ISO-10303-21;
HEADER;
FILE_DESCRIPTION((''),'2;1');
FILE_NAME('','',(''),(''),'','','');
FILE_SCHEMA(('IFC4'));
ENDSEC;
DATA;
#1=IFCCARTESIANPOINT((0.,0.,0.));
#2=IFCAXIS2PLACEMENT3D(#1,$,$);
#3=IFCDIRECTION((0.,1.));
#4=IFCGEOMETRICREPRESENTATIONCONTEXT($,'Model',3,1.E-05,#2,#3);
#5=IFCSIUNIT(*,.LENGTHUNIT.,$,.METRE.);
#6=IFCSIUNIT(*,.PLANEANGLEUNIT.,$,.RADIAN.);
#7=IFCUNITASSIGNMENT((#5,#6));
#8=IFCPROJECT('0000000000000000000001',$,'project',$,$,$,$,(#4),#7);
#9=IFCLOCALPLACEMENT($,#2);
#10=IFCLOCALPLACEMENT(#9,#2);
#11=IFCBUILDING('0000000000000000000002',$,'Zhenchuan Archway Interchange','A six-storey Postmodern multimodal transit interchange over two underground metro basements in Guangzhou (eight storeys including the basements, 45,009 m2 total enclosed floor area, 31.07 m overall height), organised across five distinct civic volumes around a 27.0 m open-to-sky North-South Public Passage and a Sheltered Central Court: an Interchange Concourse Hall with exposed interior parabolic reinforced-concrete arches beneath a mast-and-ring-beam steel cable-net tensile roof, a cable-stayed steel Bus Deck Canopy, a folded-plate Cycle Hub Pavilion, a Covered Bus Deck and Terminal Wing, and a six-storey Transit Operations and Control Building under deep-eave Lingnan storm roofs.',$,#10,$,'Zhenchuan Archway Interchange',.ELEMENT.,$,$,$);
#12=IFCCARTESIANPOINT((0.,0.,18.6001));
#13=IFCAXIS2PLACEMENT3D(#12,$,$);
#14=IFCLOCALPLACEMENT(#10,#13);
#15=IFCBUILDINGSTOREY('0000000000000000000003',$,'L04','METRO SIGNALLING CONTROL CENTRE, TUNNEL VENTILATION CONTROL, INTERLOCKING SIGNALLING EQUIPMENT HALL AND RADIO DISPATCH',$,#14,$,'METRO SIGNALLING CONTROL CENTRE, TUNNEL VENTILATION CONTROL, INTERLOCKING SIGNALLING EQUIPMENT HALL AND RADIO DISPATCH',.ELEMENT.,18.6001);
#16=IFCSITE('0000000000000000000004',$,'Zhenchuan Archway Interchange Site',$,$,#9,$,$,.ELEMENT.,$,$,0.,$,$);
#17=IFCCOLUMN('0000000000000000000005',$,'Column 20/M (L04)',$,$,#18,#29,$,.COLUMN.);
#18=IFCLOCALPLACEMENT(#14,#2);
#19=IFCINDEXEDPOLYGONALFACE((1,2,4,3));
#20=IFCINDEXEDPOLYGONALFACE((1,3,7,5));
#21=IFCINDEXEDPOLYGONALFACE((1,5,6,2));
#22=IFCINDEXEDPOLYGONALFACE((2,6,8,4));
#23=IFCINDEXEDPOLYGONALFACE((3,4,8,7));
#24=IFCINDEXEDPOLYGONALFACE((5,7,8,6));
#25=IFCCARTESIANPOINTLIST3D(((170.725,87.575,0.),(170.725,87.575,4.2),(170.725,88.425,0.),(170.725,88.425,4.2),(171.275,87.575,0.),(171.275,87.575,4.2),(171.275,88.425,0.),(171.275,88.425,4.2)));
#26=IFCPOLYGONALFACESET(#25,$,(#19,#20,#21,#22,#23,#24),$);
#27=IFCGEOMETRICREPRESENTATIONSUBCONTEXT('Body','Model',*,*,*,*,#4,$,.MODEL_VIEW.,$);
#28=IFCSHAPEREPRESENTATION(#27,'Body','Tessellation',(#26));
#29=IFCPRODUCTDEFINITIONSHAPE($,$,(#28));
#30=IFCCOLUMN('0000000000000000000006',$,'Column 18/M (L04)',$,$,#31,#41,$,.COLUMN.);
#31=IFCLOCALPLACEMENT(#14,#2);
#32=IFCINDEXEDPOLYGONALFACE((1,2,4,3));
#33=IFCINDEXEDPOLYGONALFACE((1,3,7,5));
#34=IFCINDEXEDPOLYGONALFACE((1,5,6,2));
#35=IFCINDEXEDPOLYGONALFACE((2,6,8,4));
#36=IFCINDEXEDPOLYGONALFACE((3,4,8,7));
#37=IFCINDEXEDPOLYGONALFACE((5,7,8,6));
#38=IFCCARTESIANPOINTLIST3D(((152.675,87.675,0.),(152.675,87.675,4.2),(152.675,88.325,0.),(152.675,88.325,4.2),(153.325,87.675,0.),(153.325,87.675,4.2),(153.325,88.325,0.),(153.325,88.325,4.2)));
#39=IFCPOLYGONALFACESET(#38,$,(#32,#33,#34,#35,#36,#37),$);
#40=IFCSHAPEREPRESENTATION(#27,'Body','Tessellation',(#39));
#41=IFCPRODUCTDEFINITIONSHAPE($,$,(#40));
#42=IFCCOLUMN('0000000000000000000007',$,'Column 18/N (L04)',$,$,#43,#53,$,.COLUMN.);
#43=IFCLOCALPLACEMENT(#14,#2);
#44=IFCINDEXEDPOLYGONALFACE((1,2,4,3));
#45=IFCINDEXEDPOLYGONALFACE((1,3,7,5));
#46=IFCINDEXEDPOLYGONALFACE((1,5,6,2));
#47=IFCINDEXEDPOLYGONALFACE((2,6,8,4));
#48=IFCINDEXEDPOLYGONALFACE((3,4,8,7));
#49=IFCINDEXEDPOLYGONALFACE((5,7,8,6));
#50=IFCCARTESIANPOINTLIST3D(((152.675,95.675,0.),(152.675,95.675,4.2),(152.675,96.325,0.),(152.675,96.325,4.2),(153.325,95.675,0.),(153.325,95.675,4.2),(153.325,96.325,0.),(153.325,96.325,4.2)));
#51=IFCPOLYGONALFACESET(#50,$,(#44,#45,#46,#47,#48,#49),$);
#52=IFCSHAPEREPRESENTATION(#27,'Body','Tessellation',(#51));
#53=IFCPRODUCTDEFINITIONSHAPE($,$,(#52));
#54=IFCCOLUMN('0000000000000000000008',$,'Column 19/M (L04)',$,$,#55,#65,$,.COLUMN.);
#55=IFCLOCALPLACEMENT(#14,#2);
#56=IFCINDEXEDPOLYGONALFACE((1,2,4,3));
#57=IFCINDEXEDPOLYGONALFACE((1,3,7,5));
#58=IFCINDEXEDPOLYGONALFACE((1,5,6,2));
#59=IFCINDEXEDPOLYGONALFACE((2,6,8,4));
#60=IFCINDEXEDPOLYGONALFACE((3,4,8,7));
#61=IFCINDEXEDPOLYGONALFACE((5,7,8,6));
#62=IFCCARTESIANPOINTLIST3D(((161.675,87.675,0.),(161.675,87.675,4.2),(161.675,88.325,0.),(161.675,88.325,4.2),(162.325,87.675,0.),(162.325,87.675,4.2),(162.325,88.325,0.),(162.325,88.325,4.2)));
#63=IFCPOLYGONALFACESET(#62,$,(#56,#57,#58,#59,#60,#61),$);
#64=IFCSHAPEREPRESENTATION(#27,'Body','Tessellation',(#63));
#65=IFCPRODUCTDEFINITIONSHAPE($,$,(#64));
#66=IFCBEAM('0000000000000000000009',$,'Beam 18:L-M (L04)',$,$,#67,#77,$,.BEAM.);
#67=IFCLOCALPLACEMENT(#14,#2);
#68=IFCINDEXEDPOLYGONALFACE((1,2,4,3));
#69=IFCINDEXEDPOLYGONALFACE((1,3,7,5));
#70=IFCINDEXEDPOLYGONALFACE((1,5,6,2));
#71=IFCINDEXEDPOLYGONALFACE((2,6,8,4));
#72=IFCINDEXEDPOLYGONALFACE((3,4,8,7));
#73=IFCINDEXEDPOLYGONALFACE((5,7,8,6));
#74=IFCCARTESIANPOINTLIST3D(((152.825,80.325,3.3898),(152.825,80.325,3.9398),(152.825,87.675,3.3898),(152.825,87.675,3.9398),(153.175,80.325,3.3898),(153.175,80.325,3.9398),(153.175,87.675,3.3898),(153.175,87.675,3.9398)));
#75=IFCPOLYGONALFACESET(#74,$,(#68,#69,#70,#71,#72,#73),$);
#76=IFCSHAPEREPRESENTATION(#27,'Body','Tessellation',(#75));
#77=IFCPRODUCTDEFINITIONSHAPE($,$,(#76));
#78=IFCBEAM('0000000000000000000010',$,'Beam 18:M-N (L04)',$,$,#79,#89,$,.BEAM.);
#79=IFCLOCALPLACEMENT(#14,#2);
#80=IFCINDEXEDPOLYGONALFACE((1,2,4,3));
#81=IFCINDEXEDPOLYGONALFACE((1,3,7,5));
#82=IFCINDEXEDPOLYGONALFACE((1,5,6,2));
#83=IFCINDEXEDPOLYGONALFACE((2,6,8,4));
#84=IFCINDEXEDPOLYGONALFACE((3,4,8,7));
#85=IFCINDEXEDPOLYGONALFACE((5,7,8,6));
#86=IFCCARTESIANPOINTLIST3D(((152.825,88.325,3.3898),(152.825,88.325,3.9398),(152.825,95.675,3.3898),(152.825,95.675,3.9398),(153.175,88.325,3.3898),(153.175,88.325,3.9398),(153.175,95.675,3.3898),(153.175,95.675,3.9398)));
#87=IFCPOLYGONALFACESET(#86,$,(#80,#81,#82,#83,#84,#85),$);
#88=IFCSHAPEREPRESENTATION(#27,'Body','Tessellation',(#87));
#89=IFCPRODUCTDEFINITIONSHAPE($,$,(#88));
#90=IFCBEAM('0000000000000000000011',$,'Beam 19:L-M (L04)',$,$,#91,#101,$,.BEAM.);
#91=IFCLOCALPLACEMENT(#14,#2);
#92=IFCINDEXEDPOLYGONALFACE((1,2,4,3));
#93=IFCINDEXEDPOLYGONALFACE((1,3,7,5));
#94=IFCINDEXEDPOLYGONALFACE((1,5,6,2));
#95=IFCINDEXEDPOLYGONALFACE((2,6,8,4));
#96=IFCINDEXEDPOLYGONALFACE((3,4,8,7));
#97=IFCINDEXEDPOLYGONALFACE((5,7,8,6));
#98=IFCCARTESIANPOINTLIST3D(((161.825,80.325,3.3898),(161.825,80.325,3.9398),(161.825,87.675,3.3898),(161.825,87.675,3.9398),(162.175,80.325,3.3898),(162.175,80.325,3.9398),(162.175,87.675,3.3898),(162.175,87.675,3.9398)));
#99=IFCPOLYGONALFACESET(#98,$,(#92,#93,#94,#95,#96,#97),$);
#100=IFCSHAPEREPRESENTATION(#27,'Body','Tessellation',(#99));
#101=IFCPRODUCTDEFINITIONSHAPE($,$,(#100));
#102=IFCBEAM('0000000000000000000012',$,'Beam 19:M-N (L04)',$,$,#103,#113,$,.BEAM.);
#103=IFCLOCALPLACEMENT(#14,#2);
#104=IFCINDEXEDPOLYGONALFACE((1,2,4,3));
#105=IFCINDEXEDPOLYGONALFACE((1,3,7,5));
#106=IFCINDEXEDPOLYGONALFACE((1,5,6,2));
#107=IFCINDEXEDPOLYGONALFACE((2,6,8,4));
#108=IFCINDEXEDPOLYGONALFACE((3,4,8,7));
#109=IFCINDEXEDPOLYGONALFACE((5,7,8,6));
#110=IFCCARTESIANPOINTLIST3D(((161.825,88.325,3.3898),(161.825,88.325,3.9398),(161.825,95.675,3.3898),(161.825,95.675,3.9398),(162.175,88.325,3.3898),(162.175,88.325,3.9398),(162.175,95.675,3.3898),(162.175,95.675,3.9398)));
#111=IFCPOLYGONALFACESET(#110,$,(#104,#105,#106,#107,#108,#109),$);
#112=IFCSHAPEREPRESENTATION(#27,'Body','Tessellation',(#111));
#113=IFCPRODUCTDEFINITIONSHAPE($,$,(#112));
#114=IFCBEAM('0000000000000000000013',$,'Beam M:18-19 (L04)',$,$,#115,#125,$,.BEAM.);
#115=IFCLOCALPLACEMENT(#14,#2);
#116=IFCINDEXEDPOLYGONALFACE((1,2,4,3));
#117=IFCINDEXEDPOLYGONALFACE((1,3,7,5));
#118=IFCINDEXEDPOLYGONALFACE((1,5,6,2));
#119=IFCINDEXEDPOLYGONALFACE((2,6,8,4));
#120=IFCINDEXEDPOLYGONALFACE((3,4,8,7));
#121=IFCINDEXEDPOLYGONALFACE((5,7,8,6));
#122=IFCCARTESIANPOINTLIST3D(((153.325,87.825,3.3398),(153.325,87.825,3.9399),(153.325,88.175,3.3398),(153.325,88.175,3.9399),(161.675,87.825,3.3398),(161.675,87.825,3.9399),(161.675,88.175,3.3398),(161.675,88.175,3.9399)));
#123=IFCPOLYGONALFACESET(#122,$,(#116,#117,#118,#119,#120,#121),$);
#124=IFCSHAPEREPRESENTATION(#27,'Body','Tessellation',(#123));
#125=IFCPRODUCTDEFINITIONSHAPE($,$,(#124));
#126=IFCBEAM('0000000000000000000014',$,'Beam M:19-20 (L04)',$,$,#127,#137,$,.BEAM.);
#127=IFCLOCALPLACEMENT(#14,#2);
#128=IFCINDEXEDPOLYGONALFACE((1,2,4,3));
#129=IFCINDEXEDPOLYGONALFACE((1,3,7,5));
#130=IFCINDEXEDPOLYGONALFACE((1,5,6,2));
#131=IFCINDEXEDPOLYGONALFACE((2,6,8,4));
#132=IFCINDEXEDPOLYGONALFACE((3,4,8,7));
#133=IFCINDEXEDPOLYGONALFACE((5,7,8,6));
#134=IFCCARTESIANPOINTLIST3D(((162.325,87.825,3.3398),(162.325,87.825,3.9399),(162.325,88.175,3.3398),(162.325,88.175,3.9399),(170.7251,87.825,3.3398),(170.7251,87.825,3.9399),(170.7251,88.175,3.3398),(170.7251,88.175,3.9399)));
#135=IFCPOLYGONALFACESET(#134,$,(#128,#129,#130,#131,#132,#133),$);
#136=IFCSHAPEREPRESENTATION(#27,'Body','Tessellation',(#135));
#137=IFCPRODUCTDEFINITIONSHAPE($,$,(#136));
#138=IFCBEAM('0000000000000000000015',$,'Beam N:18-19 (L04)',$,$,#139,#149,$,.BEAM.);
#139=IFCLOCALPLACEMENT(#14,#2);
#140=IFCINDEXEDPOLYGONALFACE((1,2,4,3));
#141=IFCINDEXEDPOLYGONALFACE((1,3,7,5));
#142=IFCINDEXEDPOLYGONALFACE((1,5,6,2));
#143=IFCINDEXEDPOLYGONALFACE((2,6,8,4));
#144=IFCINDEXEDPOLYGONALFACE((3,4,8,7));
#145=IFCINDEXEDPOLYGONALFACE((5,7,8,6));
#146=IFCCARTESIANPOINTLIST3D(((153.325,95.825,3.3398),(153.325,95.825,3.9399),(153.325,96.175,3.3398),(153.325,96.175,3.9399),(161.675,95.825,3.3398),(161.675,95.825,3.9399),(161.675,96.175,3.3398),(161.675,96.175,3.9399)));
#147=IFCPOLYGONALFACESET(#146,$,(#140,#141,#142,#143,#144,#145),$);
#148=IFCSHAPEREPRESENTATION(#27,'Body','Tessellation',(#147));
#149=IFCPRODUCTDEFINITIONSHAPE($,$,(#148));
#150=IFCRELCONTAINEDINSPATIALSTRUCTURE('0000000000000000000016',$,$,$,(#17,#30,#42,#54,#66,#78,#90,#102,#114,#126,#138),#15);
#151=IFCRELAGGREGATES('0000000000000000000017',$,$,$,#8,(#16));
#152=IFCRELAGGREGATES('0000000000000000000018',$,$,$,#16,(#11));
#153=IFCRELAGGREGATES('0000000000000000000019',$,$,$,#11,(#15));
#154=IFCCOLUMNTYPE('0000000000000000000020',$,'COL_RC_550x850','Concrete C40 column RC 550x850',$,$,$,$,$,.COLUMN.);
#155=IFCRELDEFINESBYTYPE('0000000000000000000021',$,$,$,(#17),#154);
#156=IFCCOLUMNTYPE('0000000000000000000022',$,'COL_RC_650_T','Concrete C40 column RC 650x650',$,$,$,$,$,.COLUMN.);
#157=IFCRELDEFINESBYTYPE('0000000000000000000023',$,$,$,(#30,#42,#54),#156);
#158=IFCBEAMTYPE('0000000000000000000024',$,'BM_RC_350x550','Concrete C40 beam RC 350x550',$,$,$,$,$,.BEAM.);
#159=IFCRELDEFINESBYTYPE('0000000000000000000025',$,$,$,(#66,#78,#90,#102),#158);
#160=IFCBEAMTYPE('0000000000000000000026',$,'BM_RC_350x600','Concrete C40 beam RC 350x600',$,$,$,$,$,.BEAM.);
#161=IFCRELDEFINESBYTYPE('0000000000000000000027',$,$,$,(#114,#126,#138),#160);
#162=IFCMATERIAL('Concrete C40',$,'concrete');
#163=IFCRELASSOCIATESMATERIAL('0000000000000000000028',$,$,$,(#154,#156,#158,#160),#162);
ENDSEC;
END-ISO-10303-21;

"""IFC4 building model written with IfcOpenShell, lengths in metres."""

from ifc_helpers import new_model, si_unit, direction, frame, origin, origin_2d, place, context, subcontext, project, spatial, rectangle, extrude, material, material_profile, profile_set, type_object, element, save


model = new_model("IFC4")

# Units and contexts
model_context = context("Model", 3, precision=1e-05, world=origin(), true_north=direction((0.0, 1.0)))
body_context = subcontext(model_context, "Body", "Model", "MODEL_VIEW")
ifc_project = project(units=[si_unit("LENGTHUNIT", "METRE"), si_unit("PLANEANGLEUNIT", "RADIAN")], contexts=[model_context])

# Site, building, storey
site_placement = place(None, origin())
site = spatial("IfcSite", under=ifc_project, at=site_placement, Name="Zhenchuan Archway Interchange Site", CompositionType="ELEMENT", RefElevation=0.0)
building_placement = place(site_placement, origin())
building = spatial("IfcBuilding", under=site, at=building_placement, Name="Zhenchuan Archway Interchange", Description="A six-storey Postmodern multimodal transit interchange over two underground metro basements in Guangzhou (eight storeys including the basements, 45,009 m2 total enclosed floor area, 31.07 m overall height), organised across five distinct civic volumes around a 27.0 m open-to-sky North-South Public Passage and a Sheltered Central Court: an Interchange Concourse Hall with exposed interior parabolic reinforced-concrete arches beneath a mast-and-ring-beam steel cable-net tensile roof, a cable-stayed steel Bus Deck Canopy, a folded-plate Cycle Hub Pavilion, a Covered Bus Deck and Terminal Wing, and a six-storey Transit Operations and Control Building under deep-eave Lingnan storm roofs.", LongName="Zhenchuan Archway Interchange", CompositionType="ELEMENT")
storey_placement = place(building_placement, frame((0.0, 0.0, 18.6001)))
storey = spatial("IfcBuildingStorey", under=building, at=storey_placement, Name="L04", Description="METRO SIGNALLING CONTROL CENTRE, TUNNEL VENTILATION CONTROL, INTERLOCKING SIGNALLING EQUIPMENT HALL AND RADIO DISPATCH", LongName="METRO SIGNALLING CONTROL CENTRE, TUNNEL VENTILATION CONTROL, INTERLOCKING SIGNALLING EQUIPMENT HALL AND RADIO DISPATCH", CompositionType="ELEMENT", Elevation=18.6001)

# Columns
ifc_material_1 = material(Name="Concrete C40", Category="concrete")
ifc_material_profile_1 = material_profile(ifc_material_1, rectangle(XDim=0.55, YDim=0.8501, at=origin_2d()), Name="RC 550x850")
ifc_profile_set_1 = profile_set([ifc_material_profile_1], Name="Concrete C40")
column_type_1 = type_object("IfcColumnType", Name="COL_RC_550x850", Description="Concrete C40 column RC 550x850", PredefinedType="COLUMN", material=ifc_profile_set_1)
column_placement = place(storey_placement, frame((171.0, 88.0, 0.0), z_axis=(0.0, 0.0, 1.0), x_axis=(1.0, 0.0, 0.0)))
element("IfcColumn", 1, at=column_placement, inside=storey, type_object=column_type_1, Name="Column 20/M (L04)", PredefinedType="COLUMN", context=body_context, shape_type="SweptSolid", body=[
    extrude(rectangle(XDim=0.55, YDim=0.8501, at=origin_2d()), origin(), (0.0, 0.0, 1.0), 4.2),
])
ifc_material_profile_2 = material_profile(ifc_material_1, rectangle(XDim=0.6499, YDim=0.6499, at=origin_2d()), Name="RC 650x650")
ifc_profile_set_2 = profile_set([ifc_material_profile_2], Name="Concrete C40")
column_type_2 = type_object("IfcColumnType", Name="COL_RC_650_T", Description="Concrete C40 column RC 650x650", PredefinedType="COLUMN", material=ifc_profile_set_2)
for number, where, z_axis, x_axis, name in (
    (2, (153.0, 88.0, 0.0), (0.0, 0.0, 1.0), (1.0, 0.0, 0.0), "Column 18/M (L04)"),
    (3, (153.0, 96.0, 0.0), (0.0, 0.0, 1.0), (1.0, 0.0, 0.0), "Column 18/N (L04)"),
    (4, (162.0, 88.0, 0.0), (0.0, 0.0, 1.0), (1.0, 0.0, 0.0), "Column 19/M (L04)"),
):
    element("IfcColumn", number, at=place(storey_placement, frame(where, z_axis=z_axis, x_axis=x_axis)), inside=storey, type_object=column_type_2, Name=name, PredefinedType="COLUMN", context=body_context, shape_type="SweptSolid", body=[
        extrude(rectangle(XDim=0.6499, YDim=0.6499, at=origin_2d()), origin(), (0.0, 0.0, 1.0), 4.2),
    ])

# Beams
ifc_material_profile_3 = material_profile(ifc_material_1, rectangle(XDim=0.3501, YDim=0.55, at=origin_2d()), Name="RC 350x550")
ifc_profile_set_3 = profile_set([ifc_material_profile_3], Name="Concrete C40")
beam_type_1 = type_object("IfcBeamType", Name="BM_RC_350x550", Description="Concrete C40 beam RC 350x550", PredefinedType="BEAM", material=ifc_profile_set_3)
for number, where, z_axis, x_axis, name in (
    (5, (153.0, 80.325, 3.6648), (0.0, 1.0, 0.0), (-1.0, 0.0, 0.0), "Beam 18:L-M (L04)"),
    (6, (153.0, 88.325, 3.6648), (0.0, 1.0, 0.0), (-1.0, 0.0, 0.0), "Beam 18:M-N (L04)"),
    (7, (162.0, 80.325, 3.6648), (0.0, 1.0, 0.0), (-1.0, 0.0, 0.0), "Beam 19:L-M (L04)"),
    (8, (162.0, 88.325, 3.6648), (0.0, 1.0, 0.0), (-1.0, 0.0, 0.0), "Beam 19:M-N (L04)"),
):
    element("IfcBeam", number, at=place(storey_placement, frame(where, z_axis=z_axis, x_axis=x_axis)), inside=storey, type_object=beam_type_1, Name=name, PredefinedType="BEAM", context=body_context, shape_type="SweptSolid", body=[
        extrude(rectangle(XDim=0.3501, YDim=0.55, at=origin_2d()), origin(), (0.0, 0.0, 1.0), 7.3501),
    ])
ifc_material_profile_4 = material_profile(ifc_material_1, rectangle(XDim=0.3501, YDim=0.6001, at=origin_2d()), Name="RC 350x600")
ifc_profile_set_4 = profile_set([ifc_material_profile_4], Name="Concrete C40")
beam_type_2 = type_object("IfcBeamType", Name="BM_RC_350x600", Description="Concrete C40 beam RC 350x600", PredefinedType="BEAM", material=ifc_profile_set_4)
beam_1_placement = place(storey_placement, frame((153.325, 88.0, 3.6399), z_axis=(1.0, 0.0, 0.0), x_axis=(0.0, 1.0, 0.0)))
element("IfcBeam", 9, at=beam_1_placement, inside=storey, type_object=beam_type_2, Name="Beam M:18-19 (L04)", PredefinedType="BEAM", context=body_context, shape_type="SweptSolid", body=[
    extrude(rectangle(XDim=0.3501, YDim=0.6001, at=origin_2d()), origin(), (0.0, 0.0, 1.0), 8.3501),
])
beam_2_placement = place(storey_placement, frame((162.325, 88.0, 3.6399), z_axis=(1.0, 0.0, 0.0), x_axis=(0.0, 1.0, 0.0)))
element("IfcBeam", 10, at=beam_2_placement, inside=storey, type_object=beam_type_2, Name="Beam M:19-20 (L04)", PredefinedType="BEAM", context=body_context, shape_type="SweptSolid", body=[
    extrude(rectangle(XDim=0.3501, YDim=0.6001, at=origin_2d()), origin(), (0.0, 0.0, 1.0), 8.4001),
])
beam_3_placement = place(storey_placement, frame((153.325, 96.0, 3.6399), z_axis=(1.0, 0.0, 0.0), x_axis=(0.0, 1.0, 0.0)))
element("IfcBeam", 11, at=beam_3_placement, inside=storey, type_object=beam_type_2, Name="Beam N:18-19 (L04)", PredefinedType="BEAM", context=body_context, shape_type="SweptSolid", body=[
    extrude(rectangle(XDim=0.3501, YDim=0.6001, at=origin_2d()), origin(), (0.0, 0.0, 1.0), 8.3501),
])

save(model, "model.ifc")
